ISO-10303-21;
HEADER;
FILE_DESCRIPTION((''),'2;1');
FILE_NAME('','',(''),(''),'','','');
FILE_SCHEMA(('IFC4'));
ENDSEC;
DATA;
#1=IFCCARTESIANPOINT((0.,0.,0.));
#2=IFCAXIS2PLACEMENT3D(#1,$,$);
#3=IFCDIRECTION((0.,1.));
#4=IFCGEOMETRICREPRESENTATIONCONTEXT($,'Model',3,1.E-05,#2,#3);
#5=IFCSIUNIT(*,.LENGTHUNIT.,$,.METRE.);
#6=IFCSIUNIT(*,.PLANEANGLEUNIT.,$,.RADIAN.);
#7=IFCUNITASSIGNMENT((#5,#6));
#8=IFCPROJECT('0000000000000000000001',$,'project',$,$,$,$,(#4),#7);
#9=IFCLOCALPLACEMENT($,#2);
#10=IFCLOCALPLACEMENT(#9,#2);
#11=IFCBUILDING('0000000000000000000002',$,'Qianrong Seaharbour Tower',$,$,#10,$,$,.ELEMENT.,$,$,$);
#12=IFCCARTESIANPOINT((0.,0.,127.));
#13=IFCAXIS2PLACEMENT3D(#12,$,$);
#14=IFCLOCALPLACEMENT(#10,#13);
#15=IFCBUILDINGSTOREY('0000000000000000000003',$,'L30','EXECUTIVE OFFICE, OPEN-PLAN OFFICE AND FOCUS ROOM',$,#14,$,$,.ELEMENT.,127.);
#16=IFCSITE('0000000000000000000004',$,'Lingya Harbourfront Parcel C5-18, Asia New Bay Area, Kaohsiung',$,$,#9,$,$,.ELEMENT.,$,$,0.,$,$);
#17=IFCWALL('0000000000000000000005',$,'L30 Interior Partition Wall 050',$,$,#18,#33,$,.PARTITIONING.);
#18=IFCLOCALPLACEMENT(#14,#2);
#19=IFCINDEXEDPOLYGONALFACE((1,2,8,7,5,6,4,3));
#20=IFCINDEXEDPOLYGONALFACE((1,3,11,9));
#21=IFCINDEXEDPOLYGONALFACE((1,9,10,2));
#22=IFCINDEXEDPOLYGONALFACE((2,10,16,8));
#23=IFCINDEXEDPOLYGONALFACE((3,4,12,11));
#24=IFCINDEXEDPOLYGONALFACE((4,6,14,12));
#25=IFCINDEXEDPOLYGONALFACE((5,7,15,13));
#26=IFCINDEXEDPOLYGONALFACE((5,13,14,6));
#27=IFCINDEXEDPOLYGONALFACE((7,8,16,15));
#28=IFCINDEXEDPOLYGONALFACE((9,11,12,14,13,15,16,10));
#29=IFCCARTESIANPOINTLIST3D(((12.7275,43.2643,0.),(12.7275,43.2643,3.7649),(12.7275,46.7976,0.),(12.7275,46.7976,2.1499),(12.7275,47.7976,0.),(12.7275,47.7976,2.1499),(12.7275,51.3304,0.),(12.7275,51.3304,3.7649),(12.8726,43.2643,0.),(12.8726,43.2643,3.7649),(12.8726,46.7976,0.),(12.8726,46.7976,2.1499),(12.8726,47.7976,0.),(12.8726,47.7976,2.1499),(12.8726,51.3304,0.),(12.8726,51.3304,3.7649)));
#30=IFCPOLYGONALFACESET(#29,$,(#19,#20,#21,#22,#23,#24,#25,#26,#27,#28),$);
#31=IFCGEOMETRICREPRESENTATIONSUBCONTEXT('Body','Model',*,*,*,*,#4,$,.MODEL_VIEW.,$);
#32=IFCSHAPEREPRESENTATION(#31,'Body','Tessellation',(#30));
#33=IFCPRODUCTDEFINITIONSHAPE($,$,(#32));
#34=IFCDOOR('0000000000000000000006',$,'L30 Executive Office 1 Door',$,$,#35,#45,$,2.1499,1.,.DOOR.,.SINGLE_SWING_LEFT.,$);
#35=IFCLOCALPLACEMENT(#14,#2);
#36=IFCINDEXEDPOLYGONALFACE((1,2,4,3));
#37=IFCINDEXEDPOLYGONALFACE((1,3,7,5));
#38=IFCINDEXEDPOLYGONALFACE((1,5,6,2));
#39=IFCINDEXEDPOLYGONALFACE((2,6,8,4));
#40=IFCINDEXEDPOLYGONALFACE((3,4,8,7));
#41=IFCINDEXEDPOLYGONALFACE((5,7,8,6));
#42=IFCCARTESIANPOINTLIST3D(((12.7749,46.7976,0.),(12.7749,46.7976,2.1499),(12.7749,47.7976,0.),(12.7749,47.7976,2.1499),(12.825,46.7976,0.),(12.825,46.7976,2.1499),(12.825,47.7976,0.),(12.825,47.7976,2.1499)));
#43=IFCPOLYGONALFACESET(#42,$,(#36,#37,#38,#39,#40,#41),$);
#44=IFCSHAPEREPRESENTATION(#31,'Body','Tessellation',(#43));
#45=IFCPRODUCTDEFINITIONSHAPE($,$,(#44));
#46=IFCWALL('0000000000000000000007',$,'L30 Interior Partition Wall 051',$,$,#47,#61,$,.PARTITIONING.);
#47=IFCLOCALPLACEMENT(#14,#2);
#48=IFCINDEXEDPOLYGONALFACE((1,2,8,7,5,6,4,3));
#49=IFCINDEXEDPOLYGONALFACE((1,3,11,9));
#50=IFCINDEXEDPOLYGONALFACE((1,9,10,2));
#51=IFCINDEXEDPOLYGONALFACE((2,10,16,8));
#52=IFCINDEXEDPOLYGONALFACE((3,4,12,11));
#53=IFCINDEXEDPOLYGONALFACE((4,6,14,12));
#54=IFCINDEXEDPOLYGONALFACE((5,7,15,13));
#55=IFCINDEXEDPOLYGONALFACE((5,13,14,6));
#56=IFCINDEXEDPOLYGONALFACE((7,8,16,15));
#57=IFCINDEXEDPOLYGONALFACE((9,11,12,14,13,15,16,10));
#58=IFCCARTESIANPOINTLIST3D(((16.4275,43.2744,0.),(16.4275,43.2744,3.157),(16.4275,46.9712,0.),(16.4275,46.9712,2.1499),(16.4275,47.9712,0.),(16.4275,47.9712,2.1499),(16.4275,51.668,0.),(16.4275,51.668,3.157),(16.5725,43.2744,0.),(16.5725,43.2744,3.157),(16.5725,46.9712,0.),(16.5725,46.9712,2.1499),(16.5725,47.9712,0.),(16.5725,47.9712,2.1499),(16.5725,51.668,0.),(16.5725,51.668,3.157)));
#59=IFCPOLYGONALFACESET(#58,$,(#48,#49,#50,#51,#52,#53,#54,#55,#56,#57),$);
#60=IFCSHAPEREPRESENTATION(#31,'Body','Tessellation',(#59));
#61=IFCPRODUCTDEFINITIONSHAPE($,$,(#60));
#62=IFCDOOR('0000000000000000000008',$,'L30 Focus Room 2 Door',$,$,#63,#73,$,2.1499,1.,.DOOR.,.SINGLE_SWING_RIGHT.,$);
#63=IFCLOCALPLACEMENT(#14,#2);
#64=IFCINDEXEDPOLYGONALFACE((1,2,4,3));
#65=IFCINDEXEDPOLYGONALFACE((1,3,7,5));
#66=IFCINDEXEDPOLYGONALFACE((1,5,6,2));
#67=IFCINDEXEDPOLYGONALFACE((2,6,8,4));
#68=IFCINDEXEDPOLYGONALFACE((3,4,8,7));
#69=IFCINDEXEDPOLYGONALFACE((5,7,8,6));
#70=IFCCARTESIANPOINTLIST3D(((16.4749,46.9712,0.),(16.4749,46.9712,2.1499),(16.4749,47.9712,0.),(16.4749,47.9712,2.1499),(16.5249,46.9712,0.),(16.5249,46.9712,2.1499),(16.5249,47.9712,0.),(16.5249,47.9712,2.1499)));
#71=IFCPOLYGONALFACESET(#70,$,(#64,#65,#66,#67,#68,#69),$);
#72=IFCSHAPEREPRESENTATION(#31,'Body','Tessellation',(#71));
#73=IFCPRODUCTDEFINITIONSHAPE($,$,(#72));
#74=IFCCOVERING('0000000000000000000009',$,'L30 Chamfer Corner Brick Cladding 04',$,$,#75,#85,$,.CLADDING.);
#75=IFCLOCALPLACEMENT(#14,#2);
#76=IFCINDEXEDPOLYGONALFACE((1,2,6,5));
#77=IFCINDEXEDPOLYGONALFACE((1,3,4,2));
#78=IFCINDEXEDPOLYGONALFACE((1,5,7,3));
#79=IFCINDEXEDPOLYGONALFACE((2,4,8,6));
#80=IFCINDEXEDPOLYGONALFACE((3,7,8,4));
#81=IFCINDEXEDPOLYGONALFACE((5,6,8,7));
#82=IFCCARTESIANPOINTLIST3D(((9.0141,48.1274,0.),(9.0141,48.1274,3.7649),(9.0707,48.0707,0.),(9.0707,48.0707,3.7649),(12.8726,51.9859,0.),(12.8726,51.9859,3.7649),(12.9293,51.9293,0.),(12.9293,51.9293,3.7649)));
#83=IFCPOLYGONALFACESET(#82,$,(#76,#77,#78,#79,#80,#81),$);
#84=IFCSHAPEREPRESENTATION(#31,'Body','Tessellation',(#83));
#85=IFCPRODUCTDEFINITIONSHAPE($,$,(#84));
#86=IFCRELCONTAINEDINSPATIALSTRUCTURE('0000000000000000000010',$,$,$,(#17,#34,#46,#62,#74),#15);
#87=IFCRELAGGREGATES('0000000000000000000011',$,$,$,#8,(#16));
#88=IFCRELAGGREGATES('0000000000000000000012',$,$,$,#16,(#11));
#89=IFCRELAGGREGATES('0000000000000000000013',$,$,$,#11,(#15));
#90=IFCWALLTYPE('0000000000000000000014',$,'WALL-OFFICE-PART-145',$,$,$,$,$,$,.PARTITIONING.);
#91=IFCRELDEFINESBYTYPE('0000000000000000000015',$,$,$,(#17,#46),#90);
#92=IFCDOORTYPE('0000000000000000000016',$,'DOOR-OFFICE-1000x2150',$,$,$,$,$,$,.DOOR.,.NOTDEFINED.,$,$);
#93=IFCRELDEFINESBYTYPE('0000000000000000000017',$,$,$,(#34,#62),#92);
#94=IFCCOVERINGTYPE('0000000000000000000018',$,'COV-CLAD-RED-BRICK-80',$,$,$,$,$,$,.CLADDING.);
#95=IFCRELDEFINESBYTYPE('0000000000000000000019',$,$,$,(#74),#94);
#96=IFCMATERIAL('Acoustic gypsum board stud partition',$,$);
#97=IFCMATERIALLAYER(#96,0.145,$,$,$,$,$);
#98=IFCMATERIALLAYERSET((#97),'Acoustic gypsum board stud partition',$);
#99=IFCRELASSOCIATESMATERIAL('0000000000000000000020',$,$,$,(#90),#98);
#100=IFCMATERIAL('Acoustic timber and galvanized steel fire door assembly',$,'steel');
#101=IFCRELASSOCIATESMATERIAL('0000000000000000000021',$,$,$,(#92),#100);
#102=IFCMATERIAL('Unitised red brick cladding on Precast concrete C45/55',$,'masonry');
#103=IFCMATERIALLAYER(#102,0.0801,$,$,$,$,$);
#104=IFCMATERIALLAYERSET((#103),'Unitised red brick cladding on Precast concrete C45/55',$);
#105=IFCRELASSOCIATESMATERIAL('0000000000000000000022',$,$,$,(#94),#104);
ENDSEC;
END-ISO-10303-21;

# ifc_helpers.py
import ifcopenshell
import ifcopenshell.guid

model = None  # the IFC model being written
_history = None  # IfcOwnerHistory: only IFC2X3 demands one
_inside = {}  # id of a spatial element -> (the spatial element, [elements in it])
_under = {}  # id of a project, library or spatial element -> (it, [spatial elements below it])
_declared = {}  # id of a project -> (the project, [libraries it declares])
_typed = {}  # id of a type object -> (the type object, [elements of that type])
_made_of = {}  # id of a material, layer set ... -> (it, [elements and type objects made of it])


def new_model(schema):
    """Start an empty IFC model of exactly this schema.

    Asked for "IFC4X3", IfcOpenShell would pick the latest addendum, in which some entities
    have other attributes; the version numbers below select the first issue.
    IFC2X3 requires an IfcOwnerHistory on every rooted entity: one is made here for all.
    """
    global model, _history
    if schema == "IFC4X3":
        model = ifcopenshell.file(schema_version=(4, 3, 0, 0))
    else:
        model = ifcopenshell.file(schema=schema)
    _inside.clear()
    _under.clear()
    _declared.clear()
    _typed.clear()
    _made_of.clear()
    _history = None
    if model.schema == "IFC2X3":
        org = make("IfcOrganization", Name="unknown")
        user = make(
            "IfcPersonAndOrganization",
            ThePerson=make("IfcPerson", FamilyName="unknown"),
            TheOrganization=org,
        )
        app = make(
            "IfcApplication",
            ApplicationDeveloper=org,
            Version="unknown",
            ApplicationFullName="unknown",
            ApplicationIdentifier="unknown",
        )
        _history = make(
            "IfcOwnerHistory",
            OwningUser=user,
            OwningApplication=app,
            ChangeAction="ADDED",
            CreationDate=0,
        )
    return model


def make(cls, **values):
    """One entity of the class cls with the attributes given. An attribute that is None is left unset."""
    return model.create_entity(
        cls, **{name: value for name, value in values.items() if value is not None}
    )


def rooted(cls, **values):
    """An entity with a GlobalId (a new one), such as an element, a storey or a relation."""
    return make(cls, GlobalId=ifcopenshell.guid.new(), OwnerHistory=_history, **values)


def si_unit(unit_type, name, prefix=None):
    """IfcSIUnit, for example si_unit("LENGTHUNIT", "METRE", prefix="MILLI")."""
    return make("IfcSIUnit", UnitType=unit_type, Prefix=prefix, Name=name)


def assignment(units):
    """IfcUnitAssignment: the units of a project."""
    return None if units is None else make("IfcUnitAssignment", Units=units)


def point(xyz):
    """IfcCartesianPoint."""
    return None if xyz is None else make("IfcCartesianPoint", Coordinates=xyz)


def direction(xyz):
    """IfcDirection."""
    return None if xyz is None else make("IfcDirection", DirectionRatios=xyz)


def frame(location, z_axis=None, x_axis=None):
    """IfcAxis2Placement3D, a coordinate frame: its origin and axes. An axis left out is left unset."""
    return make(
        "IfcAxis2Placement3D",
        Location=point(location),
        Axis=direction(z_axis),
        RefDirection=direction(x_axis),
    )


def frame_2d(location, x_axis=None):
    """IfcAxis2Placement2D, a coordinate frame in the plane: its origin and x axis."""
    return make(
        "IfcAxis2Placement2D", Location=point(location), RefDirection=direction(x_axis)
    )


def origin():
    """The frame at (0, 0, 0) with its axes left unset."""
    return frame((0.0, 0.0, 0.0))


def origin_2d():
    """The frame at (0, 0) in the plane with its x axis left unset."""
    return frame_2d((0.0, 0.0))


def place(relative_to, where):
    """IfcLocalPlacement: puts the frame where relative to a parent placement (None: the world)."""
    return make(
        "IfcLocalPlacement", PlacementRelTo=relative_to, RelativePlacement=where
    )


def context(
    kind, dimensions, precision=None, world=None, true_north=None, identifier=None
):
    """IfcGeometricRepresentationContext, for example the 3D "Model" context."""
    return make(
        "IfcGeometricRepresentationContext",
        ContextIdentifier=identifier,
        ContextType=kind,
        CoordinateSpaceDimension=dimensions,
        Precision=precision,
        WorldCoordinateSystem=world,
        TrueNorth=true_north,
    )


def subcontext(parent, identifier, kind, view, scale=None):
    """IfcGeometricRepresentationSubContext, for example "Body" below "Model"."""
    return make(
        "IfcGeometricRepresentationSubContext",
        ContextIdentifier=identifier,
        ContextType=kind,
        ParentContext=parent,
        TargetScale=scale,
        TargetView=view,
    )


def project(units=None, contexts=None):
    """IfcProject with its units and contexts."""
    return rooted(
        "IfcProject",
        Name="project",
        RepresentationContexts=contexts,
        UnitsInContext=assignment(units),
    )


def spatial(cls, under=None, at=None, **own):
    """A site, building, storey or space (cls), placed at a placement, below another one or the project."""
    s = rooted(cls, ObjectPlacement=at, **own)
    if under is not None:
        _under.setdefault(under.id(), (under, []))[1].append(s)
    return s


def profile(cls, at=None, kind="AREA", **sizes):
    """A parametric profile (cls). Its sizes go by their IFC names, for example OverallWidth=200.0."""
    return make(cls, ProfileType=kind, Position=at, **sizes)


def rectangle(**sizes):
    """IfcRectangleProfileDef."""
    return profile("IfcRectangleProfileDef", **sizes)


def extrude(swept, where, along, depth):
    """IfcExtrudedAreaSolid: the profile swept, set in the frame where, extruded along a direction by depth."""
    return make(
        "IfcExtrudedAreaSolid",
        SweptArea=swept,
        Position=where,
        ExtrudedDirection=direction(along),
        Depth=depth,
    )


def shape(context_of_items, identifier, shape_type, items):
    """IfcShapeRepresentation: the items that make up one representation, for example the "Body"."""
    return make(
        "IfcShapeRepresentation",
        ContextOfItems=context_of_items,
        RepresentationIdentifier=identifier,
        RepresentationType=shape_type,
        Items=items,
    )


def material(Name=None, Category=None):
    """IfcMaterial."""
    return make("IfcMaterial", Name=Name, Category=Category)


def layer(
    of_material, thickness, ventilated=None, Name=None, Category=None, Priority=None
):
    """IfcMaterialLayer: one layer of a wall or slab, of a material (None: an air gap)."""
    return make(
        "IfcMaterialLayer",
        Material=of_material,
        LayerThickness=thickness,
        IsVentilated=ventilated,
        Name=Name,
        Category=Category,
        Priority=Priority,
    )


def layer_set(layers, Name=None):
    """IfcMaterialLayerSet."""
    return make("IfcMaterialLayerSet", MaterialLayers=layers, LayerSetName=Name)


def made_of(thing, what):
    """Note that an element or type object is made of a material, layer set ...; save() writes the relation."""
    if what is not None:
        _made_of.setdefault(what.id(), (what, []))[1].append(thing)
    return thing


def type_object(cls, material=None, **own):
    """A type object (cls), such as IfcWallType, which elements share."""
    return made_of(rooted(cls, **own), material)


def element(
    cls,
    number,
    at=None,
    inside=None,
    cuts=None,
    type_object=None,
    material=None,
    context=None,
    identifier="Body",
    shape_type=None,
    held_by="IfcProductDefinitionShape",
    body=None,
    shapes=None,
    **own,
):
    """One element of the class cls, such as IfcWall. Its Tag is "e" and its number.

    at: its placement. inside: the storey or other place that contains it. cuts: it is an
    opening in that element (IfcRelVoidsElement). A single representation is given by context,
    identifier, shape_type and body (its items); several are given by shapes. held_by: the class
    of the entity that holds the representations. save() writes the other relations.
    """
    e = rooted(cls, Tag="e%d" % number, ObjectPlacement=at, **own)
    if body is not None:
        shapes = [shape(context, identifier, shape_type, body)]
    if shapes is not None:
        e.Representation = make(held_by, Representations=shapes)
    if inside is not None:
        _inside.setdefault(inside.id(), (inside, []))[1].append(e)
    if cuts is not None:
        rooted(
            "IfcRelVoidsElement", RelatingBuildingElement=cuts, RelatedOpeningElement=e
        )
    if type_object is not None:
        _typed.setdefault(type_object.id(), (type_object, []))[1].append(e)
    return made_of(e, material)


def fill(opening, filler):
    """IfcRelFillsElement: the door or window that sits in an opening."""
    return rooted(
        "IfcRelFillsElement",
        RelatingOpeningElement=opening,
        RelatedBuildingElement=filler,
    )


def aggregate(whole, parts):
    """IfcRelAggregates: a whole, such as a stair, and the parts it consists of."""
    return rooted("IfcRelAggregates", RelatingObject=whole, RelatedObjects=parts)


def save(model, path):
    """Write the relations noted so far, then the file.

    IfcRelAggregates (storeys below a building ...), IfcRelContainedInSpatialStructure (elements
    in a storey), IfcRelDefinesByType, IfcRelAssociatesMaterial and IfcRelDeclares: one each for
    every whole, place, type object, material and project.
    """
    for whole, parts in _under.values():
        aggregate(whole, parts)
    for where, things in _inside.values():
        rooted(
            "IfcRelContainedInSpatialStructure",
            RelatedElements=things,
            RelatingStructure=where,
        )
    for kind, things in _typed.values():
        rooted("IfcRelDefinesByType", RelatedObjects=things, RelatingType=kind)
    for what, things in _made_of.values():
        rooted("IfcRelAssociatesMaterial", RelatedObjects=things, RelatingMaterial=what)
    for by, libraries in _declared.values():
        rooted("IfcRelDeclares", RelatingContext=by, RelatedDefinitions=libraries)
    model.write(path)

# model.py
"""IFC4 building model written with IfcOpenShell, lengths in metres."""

from ifc_helpers import new_model, si_unit, direction, frame, frame_2d, origin, origin_2d, place, context, subcontext, project, spatial, rectangle, extrude, material, layer, layer_set, type_object, element, fill, save


model = new_model("IFC4")

# Units and contexts
model_context = context("Model", 3, precision=1e-05, world=origin(), true_north=direction((0.0, 1.0)))
body_context = subcontext(model_context, "Body", "Model", "MODEL_VIEW")
ifc_project = project(units=[si_unit("LENGTHUNIT", "METRE"), si_unit("PLANEANGLEUNIT", "RADIAN")], contexts=[model_context])

# Site, building, storey
site_placement = place(None, origin())
site = spatial("IfcSite", under=ifc_project, at=site_placement, Name="Lingya Harbourfront Parcel C5-18, Asia New Bay Area, Kaohsiung", CompositionType="ELEMENT", RefElevation=0.0)
building_placement = place(site_placement, origin())
building = spatial("IfcBuilding", under=site, at=building_placement, Name="Qianrong Seaharbour Tower", CompositionType="ELEMENT")
storey_placement = place(building_placement, frame((0.0, 0.0, 127.0)))
storey = spatial("IfcBuildingStorey", under=building, at=storey_placement, Name="L30", Description="EXECUTIVE OFFICE, OPEN-PLAN OFFICE AND FOCUS ROOM", CompositionType="ELEMENT", Elevation=127.0)

# Shared definitions
ifc_material_1 = material(Name="Acoustic timber and galvanized steel fire door assembly", Category="steel")

# Shared definitions
ifc_material_2 = material(Name="Acoustic gypsum board stud partition")
ifc_layer_1 = layer(ifc_material_2, 0.145)
ifc_layer_set_1 = layer_set([ifc_layer_1], Name="Acoustic gypsum board stud partition")
wall_type_1 = type_object("IfcWallType", Name="WALL-OFFICE-PART-145", PredefinedType="PARTITIONING", material=ifc_layer_set_1)

# Walls, openings, doors
wall_1_placement = place(storey_placement, frame((12.8, 51.3306, 0.0), z_axis=(0.0, 0.0, 1.0), x_axis=(0.0, -1.0, 0.0)))
wall_1 = element("IfcWall", 1, at=wall_1_placement, inside=storey, type_object=wall_type_1, Name="L30 Interior Partition Wall 050", PredefinedType="PARTITIONING", context=body_context, shape_type="SweptSolid", body=[
    extrude(rectangle(XDim=8.0662, YDim=0.145, at=frame_2d((4.0332, 0.0))), origin(), (0.0, 0.0, 1.0), 3.7649),
])
opening_1_placement = place(wall_1_placement, frame((3.533, 0.0, 0.0)))
opening_1 = element("IfcOpeningElement", 2, at=opening_1_placement, cuts=wall_1, PredefinedType="OPENING", context=body_context, shape_type="SweptSolid", body=[
    extrude(rectangle(XDim=1.0, YDim=2.1499, at=frame_2d((0.5, 1.075))), frame((0.0, 0.0825, 0.0), z_axis=(0.0, -1.0, 0.0), x_axis=(1.0, 0.0, 0.0)), (0.0, 0.0, 1.0), 0.165),
])
door_type_1 = type_object("IfcDoorType", Name="DOOR-OFFICE-1000x2150", OperationType="NOTDEFINED", PredefinedType="DOOR", material=ifc_material_1)
door_1_placement = place(opening_1_placement, origin())
door_1 = element("IfcDoor", 3, at=door_1_placement, inside=storey, type_object=door_type_1, Name="L30 Executive Office 1 Door", OperationType="SINGLE_SWING_LEFT", OverallHeight=2.1499, OverallWidth=1.0, PredefinedType="DOOR", context=body_context, shape_type="SweptSolid", body=[
    extrude(rectangle(XDim=1.0, YDim=2.1499, at=frame_2d((0.5, 1.075))), frame((0.0, 0.0249, 0.0), z_axis=(0.0, -1.0, 0.0), x_axis=(1.0, 0.0, 0.0)), (0.0, 0.0, 1.0), 0.05),
])
fill(opening_1, door_1)
wall_2_placement = place(storey_placement, frame((16.5, 51.668, 0.0), z_axis=(0.0, 0.0, 1.0), x_axis=(0.0, -1.0, 0.0)))
wall_2 = element("IfcWall", 4, at=wall_2_placement, inside=storey, type_object=wall_type_1, Name="L30 Interior Partition Wall 051", PredefinedType="PARTITIONING", context=body_context, shape_type="SweptSolid", body=[
    extrude(rectangle(XDim=8.3936, YDim=0.145, at=frame_2d((4.1968, 0.0))), origin(), (0.0, 0.0, 1.0), 3.157),
])
opening_2_placement = place(wall_2_placement, frame((3.6968, 0.0, 0.0)))
opening_2 = element("IfcOpeningElement", 5, at=opening_2_placement, cuts=wall_2, PredefinedType="OPENING", context=body_context, shape_type="SweptSolid", body=[
    extrude(rectangle(XDim=1.0, YDim=2.1499, at=frame_2d((0.5, 1.075))), frame((0.0, 0.0825, 0.0), z_axis=(0.0, -1.0, 0.0), x_axis=(1.0, 0.0, 0.0)), (0.0, 0.0, 1.0), 0.165),
])
door_2_placement = place(opening_2_placement, origin())
door_2 = element("IfcDoor", 6, at=door_2_placement, inside=storey, type_object=door_type_1, Name="L30 Focus Room 2 Door", OperationType="SINGLE_SWING_RIGHT", OverallHeight=2.1499, OverallWidth=1.0, PredefinedType="DOOR", context=body_context, shape_type="SweptSolid", body=[
    extrude(rectangle(XDim=1.0, YDim=2.1499, at=frame_2d((0.5, 1.075))), frame((0.0, 0.0249, 0.0), z_axis=(0.0, -1.0, 0.0), x_axis=(1.0, 0.0, 0.0)), (0.0, 0.0, 1.0), 0.05),
])
fill(opening_2, door_2)

# Covering
ifc_material_3 = material(Name="Unitised red brick cladding on Precast concrete C45/55", Category="masonry")
ifc_layer_2 = layer(ifc_material_3, 0.0801)
ifc_layer_set_2 = layer_set([ifc_layer_2], Name="Unitised red brick cladding on Precast concrete C45/55")
covering_type = type_object("IfcCoveringType", Name="COV-CLAD-RED-BRICK-80", PredefinedType="CLADDING", material=ifc_layer_set_2)
covering_placement = place(storey_placement, frame((10.9717, 50.0283, 0.0), z_axis=(0.0, 0.0, 1.0), x_axis=(0.707107, 0.707107, 0.0)))
element("IfcCovering", 7, at=covering_placement, inside=storey, type_object=covering_type, Name="L30 Chamfer Corner Brick Cladding 04", PredefinedType="CLADDING", context=body_context, shape_type="SweptSolid", body=[
    extrude(rectangle(XDim=5.4568, YDim=0.0801, at=origin_2d()), origin(), (0.0, 0.0, 1.0), 3.7649),
])

save(model, "model.ifc")
